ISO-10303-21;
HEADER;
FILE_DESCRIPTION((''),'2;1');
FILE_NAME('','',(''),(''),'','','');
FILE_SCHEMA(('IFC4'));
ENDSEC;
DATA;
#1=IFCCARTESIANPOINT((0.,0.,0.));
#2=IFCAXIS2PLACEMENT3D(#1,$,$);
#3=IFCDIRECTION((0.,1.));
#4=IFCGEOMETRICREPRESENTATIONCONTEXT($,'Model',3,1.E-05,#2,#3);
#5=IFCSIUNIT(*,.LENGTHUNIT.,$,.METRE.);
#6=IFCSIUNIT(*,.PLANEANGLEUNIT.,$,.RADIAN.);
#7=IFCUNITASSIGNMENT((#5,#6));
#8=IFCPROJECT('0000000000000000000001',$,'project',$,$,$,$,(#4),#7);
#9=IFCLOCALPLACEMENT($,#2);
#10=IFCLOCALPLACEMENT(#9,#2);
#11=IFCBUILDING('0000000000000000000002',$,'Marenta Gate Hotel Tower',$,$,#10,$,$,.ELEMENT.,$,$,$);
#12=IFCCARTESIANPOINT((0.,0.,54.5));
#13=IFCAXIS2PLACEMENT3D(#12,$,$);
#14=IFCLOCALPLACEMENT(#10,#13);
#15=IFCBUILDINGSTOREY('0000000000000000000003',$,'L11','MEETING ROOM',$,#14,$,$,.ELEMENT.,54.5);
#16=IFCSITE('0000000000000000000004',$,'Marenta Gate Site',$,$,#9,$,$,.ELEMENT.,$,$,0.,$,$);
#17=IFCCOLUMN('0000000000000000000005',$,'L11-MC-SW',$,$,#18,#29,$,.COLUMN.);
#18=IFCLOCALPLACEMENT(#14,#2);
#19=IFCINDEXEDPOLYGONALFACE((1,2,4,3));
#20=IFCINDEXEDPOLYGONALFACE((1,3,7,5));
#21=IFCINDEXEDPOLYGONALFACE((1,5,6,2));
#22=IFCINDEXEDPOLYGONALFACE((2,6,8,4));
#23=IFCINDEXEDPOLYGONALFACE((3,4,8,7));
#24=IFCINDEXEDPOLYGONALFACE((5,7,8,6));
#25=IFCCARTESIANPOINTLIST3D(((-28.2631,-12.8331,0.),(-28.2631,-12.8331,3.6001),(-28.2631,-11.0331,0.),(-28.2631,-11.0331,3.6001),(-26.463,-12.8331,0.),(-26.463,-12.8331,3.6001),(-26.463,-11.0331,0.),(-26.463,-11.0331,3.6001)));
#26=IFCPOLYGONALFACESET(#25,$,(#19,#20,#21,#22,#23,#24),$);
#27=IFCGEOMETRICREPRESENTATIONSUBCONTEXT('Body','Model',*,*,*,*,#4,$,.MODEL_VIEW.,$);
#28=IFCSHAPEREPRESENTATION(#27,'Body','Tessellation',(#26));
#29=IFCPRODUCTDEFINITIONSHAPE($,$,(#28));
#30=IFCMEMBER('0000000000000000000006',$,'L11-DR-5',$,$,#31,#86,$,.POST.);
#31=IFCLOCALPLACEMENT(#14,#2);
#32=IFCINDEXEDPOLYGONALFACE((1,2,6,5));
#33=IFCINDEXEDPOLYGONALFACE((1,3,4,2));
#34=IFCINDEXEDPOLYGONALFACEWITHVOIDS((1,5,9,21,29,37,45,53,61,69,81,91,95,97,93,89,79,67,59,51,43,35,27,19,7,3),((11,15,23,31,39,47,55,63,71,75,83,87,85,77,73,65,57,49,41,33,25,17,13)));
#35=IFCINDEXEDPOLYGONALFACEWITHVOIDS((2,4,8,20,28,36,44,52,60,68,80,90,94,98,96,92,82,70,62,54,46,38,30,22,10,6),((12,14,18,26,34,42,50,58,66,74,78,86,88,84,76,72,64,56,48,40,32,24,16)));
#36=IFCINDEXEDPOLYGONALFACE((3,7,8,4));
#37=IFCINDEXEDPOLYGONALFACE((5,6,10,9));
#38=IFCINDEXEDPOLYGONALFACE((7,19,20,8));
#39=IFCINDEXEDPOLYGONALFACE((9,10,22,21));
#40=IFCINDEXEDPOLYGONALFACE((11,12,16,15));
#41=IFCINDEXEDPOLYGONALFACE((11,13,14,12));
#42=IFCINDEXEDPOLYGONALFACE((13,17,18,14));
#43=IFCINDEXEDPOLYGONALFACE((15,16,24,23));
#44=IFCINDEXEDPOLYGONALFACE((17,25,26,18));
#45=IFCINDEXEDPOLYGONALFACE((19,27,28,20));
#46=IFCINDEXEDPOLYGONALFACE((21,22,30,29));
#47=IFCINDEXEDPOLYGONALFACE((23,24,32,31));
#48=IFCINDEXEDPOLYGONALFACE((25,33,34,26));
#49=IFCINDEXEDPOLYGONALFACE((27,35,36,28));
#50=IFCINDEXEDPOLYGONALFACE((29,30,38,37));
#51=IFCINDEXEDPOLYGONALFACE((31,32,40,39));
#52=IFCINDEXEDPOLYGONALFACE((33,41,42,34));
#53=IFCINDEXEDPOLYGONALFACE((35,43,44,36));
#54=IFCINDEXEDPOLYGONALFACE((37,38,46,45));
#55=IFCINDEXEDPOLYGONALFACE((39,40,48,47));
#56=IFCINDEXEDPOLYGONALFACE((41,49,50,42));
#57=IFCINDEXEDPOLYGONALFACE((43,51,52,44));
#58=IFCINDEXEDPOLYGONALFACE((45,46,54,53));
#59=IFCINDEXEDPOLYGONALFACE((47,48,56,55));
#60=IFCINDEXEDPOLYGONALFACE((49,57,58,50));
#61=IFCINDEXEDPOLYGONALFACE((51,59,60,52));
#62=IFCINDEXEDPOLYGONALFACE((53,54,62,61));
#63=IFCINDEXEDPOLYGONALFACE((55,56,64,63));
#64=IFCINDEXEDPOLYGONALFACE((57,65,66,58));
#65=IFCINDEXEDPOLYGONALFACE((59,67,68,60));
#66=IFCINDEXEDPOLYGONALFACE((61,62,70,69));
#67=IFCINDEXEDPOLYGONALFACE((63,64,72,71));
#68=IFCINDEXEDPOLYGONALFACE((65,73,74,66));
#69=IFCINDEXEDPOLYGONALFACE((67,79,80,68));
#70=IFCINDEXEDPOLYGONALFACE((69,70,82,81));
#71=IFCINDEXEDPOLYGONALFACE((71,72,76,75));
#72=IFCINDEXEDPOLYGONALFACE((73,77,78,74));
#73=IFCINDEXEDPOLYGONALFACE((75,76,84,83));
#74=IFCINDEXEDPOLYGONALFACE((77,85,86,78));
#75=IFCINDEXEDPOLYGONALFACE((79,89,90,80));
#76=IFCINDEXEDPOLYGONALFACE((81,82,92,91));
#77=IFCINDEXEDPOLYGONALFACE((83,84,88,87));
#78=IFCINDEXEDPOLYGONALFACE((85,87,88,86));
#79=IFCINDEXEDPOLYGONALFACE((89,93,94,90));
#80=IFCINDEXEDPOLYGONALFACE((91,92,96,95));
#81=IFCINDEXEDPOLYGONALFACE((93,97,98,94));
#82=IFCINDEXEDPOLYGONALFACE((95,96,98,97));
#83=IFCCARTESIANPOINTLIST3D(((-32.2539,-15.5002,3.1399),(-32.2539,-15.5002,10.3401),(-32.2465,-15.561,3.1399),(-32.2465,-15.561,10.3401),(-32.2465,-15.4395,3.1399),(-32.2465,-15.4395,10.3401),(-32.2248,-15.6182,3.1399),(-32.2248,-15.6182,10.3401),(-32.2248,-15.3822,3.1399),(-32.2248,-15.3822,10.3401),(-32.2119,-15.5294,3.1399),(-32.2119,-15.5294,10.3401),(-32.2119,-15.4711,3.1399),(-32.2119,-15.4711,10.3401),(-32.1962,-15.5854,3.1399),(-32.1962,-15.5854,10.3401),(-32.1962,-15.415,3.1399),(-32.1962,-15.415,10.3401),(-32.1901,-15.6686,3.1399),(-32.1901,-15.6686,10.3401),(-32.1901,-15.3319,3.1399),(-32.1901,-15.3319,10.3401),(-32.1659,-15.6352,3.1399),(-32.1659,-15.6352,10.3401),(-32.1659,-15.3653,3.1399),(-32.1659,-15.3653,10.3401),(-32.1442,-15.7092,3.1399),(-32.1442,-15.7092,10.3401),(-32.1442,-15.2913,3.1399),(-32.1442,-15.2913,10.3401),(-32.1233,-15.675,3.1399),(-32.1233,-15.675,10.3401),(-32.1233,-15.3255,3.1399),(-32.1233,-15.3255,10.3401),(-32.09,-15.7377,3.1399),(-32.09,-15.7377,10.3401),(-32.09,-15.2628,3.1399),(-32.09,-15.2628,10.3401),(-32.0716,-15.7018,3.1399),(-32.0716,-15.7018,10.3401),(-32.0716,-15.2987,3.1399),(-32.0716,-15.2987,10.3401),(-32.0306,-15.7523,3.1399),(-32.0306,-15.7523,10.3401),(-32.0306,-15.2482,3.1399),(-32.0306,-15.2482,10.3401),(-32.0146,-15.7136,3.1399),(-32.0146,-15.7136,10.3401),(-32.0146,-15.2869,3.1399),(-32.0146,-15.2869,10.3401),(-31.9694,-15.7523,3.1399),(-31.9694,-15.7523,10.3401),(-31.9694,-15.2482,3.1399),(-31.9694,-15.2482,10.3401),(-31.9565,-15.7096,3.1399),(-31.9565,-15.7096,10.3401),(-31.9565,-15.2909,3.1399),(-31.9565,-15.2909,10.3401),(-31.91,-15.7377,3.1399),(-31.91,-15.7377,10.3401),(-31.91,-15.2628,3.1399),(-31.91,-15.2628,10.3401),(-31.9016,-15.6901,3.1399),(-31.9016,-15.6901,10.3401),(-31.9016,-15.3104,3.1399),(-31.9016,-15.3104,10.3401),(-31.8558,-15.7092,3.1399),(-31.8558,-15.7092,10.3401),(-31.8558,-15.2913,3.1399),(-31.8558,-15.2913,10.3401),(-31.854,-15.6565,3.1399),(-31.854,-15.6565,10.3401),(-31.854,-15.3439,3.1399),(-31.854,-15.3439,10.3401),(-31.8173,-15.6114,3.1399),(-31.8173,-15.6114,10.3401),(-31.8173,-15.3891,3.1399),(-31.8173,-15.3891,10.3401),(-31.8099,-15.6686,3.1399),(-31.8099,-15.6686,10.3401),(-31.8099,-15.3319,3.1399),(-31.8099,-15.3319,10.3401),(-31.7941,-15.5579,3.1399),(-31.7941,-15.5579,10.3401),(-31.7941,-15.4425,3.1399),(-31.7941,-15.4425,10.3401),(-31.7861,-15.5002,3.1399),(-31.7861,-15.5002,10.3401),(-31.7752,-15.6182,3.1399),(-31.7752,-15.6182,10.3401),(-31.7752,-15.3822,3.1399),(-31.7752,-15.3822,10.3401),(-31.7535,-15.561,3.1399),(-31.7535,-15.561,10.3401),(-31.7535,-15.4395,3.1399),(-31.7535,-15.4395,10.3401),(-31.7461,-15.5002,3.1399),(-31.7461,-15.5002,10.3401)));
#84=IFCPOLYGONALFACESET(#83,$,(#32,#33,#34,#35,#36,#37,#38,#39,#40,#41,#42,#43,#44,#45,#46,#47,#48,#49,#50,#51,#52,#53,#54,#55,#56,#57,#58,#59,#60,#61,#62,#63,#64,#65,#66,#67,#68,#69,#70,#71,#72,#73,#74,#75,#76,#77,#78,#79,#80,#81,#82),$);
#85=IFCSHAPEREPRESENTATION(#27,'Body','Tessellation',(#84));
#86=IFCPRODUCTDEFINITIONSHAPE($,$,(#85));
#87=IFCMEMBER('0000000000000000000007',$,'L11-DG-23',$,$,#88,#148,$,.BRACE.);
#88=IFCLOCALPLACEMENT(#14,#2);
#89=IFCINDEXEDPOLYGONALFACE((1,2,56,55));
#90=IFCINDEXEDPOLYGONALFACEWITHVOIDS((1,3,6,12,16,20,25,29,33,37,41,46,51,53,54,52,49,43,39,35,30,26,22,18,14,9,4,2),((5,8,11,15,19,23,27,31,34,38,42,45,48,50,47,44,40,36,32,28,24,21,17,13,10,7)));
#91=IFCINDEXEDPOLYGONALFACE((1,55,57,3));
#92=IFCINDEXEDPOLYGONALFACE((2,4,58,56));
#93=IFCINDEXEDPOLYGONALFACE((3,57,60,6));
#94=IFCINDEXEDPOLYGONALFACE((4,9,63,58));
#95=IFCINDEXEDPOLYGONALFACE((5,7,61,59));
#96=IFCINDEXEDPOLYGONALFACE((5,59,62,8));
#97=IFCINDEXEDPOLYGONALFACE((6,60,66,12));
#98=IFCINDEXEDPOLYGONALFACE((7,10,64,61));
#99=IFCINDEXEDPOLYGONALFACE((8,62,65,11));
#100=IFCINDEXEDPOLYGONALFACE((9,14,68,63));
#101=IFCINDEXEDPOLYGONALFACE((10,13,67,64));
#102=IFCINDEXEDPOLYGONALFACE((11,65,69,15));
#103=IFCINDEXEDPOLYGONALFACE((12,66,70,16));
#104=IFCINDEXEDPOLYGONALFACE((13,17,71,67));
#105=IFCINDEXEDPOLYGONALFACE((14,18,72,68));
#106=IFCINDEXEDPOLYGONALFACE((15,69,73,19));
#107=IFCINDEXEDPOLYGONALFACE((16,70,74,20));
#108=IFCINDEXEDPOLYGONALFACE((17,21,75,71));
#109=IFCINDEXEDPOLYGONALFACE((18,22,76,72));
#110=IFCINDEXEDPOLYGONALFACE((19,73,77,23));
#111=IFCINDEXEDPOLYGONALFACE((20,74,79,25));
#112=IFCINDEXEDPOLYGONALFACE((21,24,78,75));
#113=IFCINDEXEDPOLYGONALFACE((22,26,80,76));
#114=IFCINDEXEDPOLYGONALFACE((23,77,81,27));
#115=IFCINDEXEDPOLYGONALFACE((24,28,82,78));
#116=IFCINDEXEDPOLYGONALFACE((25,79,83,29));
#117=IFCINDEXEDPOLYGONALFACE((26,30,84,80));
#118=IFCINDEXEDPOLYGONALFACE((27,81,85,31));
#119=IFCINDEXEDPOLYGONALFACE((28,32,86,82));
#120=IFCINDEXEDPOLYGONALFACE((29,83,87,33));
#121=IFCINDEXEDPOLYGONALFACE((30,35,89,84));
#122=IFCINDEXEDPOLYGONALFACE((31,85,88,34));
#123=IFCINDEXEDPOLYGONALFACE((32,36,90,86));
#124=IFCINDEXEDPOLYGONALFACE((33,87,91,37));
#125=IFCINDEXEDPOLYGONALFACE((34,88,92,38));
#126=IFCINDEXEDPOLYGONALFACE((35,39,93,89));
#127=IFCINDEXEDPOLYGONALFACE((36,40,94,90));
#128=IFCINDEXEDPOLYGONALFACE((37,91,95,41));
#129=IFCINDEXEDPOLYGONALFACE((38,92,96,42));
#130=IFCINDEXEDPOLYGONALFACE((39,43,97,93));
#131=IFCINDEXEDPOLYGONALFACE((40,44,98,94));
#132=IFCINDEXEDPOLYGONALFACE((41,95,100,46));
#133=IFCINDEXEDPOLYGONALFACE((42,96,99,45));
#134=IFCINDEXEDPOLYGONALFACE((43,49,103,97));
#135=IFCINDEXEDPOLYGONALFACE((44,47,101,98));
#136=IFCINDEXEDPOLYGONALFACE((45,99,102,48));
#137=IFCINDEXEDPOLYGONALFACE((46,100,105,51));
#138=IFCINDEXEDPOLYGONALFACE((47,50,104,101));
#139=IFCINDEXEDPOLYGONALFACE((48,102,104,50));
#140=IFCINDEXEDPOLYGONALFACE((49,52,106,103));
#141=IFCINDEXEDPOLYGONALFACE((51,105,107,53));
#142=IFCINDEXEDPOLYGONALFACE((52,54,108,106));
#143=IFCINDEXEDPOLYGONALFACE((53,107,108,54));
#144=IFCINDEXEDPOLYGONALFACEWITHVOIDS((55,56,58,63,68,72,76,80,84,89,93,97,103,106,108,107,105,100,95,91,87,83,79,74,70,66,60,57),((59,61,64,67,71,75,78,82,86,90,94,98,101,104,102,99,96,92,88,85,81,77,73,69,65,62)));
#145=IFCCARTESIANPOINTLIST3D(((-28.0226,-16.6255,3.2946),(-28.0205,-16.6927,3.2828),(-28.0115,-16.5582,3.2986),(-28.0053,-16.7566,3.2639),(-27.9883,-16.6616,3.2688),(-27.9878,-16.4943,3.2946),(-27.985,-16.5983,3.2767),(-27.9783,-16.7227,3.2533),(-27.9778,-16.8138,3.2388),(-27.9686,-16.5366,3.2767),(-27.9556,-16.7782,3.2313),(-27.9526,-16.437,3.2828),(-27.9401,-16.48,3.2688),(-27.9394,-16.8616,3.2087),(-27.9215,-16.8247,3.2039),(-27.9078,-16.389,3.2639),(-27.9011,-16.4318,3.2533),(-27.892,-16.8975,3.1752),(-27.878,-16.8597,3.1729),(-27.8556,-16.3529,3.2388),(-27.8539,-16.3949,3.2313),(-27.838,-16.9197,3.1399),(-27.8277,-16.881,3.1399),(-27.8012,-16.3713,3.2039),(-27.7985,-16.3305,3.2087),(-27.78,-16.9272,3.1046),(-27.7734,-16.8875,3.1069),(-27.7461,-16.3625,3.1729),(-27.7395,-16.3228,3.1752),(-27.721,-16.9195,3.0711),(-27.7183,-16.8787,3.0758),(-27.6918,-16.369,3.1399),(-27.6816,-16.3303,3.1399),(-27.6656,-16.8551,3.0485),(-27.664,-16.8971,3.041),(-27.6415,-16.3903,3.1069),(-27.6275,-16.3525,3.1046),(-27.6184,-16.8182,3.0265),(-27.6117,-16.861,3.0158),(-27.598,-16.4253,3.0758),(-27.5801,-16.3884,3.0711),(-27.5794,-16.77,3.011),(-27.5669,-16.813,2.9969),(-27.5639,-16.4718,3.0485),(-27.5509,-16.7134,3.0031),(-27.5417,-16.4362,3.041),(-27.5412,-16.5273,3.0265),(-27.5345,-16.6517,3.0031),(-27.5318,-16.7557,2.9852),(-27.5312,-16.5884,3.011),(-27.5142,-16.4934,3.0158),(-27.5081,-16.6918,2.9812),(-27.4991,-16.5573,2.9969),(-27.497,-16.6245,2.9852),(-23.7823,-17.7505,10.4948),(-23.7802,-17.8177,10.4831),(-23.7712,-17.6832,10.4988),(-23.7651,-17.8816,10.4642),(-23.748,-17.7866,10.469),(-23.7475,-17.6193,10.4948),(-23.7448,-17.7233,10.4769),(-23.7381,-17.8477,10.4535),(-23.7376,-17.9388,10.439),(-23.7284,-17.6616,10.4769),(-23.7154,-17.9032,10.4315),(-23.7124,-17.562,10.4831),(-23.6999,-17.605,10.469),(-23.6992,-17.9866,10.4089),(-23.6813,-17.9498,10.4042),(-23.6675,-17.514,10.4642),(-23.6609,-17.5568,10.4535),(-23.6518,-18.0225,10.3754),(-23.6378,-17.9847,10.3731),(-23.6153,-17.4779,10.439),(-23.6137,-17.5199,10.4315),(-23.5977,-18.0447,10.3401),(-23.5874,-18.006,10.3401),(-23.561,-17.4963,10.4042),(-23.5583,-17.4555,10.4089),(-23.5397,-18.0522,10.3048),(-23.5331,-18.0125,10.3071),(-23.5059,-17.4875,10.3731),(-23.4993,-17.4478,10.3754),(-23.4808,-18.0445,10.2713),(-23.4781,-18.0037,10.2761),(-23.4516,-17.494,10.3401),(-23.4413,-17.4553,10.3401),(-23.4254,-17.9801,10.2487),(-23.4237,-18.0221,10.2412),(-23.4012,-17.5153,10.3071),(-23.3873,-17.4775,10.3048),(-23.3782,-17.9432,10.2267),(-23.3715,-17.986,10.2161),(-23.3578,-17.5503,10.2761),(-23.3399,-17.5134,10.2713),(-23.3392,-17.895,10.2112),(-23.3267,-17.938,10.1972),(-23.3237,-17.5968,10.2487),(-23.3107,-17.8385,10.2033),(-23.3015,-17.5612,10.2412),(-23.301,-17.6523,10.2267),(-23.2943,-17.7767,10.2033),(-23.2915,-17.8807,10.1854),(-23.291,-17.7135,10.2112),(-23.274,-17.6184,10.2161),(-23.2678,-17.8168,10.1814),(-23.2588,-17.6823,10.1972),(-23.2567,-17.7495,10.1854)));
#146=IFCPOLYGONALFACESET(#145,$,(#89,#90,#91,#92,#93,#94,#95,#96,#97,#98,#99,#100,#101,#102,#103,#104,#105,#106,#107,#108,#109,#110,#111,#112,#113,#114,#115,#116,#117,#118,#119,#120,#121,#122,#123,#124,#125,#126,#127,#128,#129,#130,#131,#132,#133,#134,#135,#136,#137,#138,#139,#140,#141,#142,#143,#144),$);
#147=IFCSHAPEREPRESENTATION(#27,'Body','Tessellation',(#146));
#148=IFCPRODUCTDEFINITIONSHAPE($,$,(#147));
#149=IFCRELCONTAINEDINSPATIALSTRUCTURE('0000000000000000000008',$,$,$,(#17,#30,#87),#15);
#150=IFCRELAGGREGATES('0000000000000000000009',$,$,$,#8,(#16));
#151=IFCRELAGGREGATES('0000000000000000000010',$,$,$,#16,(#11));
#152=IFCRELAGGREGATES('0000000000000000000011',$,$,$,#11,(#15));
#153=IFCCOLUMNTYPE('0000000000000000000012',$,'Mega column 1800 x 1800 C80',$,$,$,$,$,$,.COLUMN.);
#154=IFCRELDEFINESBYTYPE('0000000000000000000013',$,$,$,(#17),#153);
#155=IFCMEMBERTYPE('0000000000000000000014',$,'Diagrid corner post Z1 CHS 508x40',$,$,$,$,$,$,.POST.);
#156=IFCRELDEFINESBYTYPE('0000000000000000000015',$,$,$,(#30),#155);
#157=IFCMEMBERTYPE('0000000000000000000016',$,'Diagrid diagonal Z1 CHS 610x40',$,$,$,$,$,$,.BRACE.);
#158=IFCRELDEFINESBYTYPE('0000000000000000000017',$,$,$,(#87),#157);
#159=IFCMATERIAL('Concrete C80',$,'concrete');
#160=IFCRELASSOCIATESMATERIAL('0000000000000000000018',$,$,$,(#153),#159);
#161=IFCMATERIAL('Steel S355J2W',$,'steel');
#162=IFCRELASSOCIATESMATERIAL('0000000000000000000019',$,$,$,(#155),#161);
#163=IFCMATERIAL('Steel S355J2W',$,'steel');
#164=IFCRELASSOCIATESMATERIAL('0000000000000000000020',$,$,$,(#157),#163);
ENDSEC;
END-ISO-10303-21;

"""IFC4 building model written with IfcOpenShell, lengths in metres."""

from ifc_helpers import new_model, si_unit, direction, frame, origin, origin_2d, place, context, subcontext, project, spatial, rectangle, hollow_circle, extrude, material, material_profile, profile_set, type_object, element, save


model = new_model("IFC4")

# Units and contexts
model_context = context("Model", 3, precision=1e-05, world=origin(), true_north=direction((0.0, 1.0)))
body_context = subcontext(model_context, "Body", "Model", "MODEL_VIEW")
ifc_project = project(units=[si_unit("LENGTHUNIT", "METRE"), si_unit("PLANEANGLEUNIT", "RADIAN")], contexts=[model_context])

# Site, building, storey
site_placement = place(None, origin())
site = spatial("IfcSite", under=ifc_project, at=site_placement, Name="Marenta Gate Site", CompositionType="ELEMENT", RefElevation=0.0)
building_placement = place(site_placement, origin())
building = spatial("IfcBuilding", under=site, at=building_placement, Name="Marenta Gate Hotel Tower", CompositionType="ELEMENT")
storey_placement = place(building_placement, frame((0.0, 0.0, 54.5)))
storey = spatial("IfcBuildingStorey", under=building, at=storey_placement, Name="L11", Description="MEETING ROOM", CompositionType="ELEMENT", Elevation=54.5)

# Column
ifc_material_1 = material(Name="Concrete C80", Category="concrete")
ifc_material_profile_1 = material_profile(ifc_material_1, rectangle(XDim=1.8, YDim=1.8, at=origin_2d()), Name="1800 x 1800")
ifc_profile_set_1 = profile_set([ifc_material_profile_1], Name="Concrete C80")
column_type = type_object("IfcColumnType", Name="Mega column 1800 x 1800 C80", PredefinedType="COLUMN", material=ifc_profile_set_1)
column_placement = place(storey_placement, frame((-27.363, -11.9331, 0.0), z_axis=(0.0, 0.0, 1.0), x_axis=(1.0, 0.0, 0.0)))
element("IfcColumn", 1, at=column_placement, inside=storey, type_object=column_type, Name="L11-MC-SW", PredefinedType="COLUMN", context=body_context, shape_type="SweptSolid", body=[
    extrude(rectangle(XDim=1.8, YDim=1.8, at=origin_2d()), origin(), (0.0, 0.0, 1.0), 3.6001),
])

# Members
ifc_material_2 = material(Name="Steel S355J2W", Category="steel")
ifc_material_profile_2 = material_profile(ifc_material_2, hollow_circle(Radius=0.2539, WallThickness=0.04, at=origin_2d()), Name="CHS 508x40")
ifc_profile_set_2 = profile_set([ifc_material_profile_2], Name="Steel S355J2W")
member_type_1 = type_object("IfcMemberType", Name="Diagrid corner post Z1 CHS 508x40", PredefinedType="POST", material=ifc_profile_set_2)
member_1_placement = place(storey_placement, frame((-32.0, -15.5002, 3.1399), z_axis=(0.0, 0.0, 1.0), x_axis=(1.0, 0.0, 0.0)))
element("IfcMember", 2, at=member_1_placement, inside=storey, type_object=member_type_1, Name="L11-DR-5", PredefinedType="POST", context=body_context, shape_type="SweptSolid", body=[
    extrude(hollow_circle(Radius=0.2539, WallThickness=0.04, at=origin_2d()), origin(), (0.0, 0.0, 1.0), 7.2002),
])
ifc_material_3 = material(Name="Steel S355J2W", Category="steel")
ifc_material_profile_3 = material_profile(ifc_material_3, hollow_circle(Radius=0.3049, WallThickness=0.04, at=origin_2d()), Name="CHS 610x40")
ifc_profile_set_3 = profile_set([ifc_material_profile_3], Name="Steel S355J2W")
member_type_2 = type_object("IfcMemberType", Name="Diagrid diagonal Z1 CHS 610x40", PredefinedType="BRACE", material=ifc_profile_set_3)
for number, where, z_axis, x_axis, name in (
    (3, (-27.7598, -16.625, 3.1399), (0.502912, -0.13343, 0.853977), (0.256443, 0.966559, 0.0), "L11-DG-23"),
):
    element("IfcMember", number, at=place(storey_placement, frame(where, z_axis=z_axis, x_axis=x_axis)), inside=storey, type_object=member_type_2, Name=name, PredefinedType="BRACE", context=body_context, shape_type="SweptSolid", body=[
        extrude(hollow_circle(Radius=0.3049, WallThickness=0.04, at=origin_2d()), origin(), (0.0, 0.0, 1.0), 8.4314),
    ])

save(model, "model.ifc")
